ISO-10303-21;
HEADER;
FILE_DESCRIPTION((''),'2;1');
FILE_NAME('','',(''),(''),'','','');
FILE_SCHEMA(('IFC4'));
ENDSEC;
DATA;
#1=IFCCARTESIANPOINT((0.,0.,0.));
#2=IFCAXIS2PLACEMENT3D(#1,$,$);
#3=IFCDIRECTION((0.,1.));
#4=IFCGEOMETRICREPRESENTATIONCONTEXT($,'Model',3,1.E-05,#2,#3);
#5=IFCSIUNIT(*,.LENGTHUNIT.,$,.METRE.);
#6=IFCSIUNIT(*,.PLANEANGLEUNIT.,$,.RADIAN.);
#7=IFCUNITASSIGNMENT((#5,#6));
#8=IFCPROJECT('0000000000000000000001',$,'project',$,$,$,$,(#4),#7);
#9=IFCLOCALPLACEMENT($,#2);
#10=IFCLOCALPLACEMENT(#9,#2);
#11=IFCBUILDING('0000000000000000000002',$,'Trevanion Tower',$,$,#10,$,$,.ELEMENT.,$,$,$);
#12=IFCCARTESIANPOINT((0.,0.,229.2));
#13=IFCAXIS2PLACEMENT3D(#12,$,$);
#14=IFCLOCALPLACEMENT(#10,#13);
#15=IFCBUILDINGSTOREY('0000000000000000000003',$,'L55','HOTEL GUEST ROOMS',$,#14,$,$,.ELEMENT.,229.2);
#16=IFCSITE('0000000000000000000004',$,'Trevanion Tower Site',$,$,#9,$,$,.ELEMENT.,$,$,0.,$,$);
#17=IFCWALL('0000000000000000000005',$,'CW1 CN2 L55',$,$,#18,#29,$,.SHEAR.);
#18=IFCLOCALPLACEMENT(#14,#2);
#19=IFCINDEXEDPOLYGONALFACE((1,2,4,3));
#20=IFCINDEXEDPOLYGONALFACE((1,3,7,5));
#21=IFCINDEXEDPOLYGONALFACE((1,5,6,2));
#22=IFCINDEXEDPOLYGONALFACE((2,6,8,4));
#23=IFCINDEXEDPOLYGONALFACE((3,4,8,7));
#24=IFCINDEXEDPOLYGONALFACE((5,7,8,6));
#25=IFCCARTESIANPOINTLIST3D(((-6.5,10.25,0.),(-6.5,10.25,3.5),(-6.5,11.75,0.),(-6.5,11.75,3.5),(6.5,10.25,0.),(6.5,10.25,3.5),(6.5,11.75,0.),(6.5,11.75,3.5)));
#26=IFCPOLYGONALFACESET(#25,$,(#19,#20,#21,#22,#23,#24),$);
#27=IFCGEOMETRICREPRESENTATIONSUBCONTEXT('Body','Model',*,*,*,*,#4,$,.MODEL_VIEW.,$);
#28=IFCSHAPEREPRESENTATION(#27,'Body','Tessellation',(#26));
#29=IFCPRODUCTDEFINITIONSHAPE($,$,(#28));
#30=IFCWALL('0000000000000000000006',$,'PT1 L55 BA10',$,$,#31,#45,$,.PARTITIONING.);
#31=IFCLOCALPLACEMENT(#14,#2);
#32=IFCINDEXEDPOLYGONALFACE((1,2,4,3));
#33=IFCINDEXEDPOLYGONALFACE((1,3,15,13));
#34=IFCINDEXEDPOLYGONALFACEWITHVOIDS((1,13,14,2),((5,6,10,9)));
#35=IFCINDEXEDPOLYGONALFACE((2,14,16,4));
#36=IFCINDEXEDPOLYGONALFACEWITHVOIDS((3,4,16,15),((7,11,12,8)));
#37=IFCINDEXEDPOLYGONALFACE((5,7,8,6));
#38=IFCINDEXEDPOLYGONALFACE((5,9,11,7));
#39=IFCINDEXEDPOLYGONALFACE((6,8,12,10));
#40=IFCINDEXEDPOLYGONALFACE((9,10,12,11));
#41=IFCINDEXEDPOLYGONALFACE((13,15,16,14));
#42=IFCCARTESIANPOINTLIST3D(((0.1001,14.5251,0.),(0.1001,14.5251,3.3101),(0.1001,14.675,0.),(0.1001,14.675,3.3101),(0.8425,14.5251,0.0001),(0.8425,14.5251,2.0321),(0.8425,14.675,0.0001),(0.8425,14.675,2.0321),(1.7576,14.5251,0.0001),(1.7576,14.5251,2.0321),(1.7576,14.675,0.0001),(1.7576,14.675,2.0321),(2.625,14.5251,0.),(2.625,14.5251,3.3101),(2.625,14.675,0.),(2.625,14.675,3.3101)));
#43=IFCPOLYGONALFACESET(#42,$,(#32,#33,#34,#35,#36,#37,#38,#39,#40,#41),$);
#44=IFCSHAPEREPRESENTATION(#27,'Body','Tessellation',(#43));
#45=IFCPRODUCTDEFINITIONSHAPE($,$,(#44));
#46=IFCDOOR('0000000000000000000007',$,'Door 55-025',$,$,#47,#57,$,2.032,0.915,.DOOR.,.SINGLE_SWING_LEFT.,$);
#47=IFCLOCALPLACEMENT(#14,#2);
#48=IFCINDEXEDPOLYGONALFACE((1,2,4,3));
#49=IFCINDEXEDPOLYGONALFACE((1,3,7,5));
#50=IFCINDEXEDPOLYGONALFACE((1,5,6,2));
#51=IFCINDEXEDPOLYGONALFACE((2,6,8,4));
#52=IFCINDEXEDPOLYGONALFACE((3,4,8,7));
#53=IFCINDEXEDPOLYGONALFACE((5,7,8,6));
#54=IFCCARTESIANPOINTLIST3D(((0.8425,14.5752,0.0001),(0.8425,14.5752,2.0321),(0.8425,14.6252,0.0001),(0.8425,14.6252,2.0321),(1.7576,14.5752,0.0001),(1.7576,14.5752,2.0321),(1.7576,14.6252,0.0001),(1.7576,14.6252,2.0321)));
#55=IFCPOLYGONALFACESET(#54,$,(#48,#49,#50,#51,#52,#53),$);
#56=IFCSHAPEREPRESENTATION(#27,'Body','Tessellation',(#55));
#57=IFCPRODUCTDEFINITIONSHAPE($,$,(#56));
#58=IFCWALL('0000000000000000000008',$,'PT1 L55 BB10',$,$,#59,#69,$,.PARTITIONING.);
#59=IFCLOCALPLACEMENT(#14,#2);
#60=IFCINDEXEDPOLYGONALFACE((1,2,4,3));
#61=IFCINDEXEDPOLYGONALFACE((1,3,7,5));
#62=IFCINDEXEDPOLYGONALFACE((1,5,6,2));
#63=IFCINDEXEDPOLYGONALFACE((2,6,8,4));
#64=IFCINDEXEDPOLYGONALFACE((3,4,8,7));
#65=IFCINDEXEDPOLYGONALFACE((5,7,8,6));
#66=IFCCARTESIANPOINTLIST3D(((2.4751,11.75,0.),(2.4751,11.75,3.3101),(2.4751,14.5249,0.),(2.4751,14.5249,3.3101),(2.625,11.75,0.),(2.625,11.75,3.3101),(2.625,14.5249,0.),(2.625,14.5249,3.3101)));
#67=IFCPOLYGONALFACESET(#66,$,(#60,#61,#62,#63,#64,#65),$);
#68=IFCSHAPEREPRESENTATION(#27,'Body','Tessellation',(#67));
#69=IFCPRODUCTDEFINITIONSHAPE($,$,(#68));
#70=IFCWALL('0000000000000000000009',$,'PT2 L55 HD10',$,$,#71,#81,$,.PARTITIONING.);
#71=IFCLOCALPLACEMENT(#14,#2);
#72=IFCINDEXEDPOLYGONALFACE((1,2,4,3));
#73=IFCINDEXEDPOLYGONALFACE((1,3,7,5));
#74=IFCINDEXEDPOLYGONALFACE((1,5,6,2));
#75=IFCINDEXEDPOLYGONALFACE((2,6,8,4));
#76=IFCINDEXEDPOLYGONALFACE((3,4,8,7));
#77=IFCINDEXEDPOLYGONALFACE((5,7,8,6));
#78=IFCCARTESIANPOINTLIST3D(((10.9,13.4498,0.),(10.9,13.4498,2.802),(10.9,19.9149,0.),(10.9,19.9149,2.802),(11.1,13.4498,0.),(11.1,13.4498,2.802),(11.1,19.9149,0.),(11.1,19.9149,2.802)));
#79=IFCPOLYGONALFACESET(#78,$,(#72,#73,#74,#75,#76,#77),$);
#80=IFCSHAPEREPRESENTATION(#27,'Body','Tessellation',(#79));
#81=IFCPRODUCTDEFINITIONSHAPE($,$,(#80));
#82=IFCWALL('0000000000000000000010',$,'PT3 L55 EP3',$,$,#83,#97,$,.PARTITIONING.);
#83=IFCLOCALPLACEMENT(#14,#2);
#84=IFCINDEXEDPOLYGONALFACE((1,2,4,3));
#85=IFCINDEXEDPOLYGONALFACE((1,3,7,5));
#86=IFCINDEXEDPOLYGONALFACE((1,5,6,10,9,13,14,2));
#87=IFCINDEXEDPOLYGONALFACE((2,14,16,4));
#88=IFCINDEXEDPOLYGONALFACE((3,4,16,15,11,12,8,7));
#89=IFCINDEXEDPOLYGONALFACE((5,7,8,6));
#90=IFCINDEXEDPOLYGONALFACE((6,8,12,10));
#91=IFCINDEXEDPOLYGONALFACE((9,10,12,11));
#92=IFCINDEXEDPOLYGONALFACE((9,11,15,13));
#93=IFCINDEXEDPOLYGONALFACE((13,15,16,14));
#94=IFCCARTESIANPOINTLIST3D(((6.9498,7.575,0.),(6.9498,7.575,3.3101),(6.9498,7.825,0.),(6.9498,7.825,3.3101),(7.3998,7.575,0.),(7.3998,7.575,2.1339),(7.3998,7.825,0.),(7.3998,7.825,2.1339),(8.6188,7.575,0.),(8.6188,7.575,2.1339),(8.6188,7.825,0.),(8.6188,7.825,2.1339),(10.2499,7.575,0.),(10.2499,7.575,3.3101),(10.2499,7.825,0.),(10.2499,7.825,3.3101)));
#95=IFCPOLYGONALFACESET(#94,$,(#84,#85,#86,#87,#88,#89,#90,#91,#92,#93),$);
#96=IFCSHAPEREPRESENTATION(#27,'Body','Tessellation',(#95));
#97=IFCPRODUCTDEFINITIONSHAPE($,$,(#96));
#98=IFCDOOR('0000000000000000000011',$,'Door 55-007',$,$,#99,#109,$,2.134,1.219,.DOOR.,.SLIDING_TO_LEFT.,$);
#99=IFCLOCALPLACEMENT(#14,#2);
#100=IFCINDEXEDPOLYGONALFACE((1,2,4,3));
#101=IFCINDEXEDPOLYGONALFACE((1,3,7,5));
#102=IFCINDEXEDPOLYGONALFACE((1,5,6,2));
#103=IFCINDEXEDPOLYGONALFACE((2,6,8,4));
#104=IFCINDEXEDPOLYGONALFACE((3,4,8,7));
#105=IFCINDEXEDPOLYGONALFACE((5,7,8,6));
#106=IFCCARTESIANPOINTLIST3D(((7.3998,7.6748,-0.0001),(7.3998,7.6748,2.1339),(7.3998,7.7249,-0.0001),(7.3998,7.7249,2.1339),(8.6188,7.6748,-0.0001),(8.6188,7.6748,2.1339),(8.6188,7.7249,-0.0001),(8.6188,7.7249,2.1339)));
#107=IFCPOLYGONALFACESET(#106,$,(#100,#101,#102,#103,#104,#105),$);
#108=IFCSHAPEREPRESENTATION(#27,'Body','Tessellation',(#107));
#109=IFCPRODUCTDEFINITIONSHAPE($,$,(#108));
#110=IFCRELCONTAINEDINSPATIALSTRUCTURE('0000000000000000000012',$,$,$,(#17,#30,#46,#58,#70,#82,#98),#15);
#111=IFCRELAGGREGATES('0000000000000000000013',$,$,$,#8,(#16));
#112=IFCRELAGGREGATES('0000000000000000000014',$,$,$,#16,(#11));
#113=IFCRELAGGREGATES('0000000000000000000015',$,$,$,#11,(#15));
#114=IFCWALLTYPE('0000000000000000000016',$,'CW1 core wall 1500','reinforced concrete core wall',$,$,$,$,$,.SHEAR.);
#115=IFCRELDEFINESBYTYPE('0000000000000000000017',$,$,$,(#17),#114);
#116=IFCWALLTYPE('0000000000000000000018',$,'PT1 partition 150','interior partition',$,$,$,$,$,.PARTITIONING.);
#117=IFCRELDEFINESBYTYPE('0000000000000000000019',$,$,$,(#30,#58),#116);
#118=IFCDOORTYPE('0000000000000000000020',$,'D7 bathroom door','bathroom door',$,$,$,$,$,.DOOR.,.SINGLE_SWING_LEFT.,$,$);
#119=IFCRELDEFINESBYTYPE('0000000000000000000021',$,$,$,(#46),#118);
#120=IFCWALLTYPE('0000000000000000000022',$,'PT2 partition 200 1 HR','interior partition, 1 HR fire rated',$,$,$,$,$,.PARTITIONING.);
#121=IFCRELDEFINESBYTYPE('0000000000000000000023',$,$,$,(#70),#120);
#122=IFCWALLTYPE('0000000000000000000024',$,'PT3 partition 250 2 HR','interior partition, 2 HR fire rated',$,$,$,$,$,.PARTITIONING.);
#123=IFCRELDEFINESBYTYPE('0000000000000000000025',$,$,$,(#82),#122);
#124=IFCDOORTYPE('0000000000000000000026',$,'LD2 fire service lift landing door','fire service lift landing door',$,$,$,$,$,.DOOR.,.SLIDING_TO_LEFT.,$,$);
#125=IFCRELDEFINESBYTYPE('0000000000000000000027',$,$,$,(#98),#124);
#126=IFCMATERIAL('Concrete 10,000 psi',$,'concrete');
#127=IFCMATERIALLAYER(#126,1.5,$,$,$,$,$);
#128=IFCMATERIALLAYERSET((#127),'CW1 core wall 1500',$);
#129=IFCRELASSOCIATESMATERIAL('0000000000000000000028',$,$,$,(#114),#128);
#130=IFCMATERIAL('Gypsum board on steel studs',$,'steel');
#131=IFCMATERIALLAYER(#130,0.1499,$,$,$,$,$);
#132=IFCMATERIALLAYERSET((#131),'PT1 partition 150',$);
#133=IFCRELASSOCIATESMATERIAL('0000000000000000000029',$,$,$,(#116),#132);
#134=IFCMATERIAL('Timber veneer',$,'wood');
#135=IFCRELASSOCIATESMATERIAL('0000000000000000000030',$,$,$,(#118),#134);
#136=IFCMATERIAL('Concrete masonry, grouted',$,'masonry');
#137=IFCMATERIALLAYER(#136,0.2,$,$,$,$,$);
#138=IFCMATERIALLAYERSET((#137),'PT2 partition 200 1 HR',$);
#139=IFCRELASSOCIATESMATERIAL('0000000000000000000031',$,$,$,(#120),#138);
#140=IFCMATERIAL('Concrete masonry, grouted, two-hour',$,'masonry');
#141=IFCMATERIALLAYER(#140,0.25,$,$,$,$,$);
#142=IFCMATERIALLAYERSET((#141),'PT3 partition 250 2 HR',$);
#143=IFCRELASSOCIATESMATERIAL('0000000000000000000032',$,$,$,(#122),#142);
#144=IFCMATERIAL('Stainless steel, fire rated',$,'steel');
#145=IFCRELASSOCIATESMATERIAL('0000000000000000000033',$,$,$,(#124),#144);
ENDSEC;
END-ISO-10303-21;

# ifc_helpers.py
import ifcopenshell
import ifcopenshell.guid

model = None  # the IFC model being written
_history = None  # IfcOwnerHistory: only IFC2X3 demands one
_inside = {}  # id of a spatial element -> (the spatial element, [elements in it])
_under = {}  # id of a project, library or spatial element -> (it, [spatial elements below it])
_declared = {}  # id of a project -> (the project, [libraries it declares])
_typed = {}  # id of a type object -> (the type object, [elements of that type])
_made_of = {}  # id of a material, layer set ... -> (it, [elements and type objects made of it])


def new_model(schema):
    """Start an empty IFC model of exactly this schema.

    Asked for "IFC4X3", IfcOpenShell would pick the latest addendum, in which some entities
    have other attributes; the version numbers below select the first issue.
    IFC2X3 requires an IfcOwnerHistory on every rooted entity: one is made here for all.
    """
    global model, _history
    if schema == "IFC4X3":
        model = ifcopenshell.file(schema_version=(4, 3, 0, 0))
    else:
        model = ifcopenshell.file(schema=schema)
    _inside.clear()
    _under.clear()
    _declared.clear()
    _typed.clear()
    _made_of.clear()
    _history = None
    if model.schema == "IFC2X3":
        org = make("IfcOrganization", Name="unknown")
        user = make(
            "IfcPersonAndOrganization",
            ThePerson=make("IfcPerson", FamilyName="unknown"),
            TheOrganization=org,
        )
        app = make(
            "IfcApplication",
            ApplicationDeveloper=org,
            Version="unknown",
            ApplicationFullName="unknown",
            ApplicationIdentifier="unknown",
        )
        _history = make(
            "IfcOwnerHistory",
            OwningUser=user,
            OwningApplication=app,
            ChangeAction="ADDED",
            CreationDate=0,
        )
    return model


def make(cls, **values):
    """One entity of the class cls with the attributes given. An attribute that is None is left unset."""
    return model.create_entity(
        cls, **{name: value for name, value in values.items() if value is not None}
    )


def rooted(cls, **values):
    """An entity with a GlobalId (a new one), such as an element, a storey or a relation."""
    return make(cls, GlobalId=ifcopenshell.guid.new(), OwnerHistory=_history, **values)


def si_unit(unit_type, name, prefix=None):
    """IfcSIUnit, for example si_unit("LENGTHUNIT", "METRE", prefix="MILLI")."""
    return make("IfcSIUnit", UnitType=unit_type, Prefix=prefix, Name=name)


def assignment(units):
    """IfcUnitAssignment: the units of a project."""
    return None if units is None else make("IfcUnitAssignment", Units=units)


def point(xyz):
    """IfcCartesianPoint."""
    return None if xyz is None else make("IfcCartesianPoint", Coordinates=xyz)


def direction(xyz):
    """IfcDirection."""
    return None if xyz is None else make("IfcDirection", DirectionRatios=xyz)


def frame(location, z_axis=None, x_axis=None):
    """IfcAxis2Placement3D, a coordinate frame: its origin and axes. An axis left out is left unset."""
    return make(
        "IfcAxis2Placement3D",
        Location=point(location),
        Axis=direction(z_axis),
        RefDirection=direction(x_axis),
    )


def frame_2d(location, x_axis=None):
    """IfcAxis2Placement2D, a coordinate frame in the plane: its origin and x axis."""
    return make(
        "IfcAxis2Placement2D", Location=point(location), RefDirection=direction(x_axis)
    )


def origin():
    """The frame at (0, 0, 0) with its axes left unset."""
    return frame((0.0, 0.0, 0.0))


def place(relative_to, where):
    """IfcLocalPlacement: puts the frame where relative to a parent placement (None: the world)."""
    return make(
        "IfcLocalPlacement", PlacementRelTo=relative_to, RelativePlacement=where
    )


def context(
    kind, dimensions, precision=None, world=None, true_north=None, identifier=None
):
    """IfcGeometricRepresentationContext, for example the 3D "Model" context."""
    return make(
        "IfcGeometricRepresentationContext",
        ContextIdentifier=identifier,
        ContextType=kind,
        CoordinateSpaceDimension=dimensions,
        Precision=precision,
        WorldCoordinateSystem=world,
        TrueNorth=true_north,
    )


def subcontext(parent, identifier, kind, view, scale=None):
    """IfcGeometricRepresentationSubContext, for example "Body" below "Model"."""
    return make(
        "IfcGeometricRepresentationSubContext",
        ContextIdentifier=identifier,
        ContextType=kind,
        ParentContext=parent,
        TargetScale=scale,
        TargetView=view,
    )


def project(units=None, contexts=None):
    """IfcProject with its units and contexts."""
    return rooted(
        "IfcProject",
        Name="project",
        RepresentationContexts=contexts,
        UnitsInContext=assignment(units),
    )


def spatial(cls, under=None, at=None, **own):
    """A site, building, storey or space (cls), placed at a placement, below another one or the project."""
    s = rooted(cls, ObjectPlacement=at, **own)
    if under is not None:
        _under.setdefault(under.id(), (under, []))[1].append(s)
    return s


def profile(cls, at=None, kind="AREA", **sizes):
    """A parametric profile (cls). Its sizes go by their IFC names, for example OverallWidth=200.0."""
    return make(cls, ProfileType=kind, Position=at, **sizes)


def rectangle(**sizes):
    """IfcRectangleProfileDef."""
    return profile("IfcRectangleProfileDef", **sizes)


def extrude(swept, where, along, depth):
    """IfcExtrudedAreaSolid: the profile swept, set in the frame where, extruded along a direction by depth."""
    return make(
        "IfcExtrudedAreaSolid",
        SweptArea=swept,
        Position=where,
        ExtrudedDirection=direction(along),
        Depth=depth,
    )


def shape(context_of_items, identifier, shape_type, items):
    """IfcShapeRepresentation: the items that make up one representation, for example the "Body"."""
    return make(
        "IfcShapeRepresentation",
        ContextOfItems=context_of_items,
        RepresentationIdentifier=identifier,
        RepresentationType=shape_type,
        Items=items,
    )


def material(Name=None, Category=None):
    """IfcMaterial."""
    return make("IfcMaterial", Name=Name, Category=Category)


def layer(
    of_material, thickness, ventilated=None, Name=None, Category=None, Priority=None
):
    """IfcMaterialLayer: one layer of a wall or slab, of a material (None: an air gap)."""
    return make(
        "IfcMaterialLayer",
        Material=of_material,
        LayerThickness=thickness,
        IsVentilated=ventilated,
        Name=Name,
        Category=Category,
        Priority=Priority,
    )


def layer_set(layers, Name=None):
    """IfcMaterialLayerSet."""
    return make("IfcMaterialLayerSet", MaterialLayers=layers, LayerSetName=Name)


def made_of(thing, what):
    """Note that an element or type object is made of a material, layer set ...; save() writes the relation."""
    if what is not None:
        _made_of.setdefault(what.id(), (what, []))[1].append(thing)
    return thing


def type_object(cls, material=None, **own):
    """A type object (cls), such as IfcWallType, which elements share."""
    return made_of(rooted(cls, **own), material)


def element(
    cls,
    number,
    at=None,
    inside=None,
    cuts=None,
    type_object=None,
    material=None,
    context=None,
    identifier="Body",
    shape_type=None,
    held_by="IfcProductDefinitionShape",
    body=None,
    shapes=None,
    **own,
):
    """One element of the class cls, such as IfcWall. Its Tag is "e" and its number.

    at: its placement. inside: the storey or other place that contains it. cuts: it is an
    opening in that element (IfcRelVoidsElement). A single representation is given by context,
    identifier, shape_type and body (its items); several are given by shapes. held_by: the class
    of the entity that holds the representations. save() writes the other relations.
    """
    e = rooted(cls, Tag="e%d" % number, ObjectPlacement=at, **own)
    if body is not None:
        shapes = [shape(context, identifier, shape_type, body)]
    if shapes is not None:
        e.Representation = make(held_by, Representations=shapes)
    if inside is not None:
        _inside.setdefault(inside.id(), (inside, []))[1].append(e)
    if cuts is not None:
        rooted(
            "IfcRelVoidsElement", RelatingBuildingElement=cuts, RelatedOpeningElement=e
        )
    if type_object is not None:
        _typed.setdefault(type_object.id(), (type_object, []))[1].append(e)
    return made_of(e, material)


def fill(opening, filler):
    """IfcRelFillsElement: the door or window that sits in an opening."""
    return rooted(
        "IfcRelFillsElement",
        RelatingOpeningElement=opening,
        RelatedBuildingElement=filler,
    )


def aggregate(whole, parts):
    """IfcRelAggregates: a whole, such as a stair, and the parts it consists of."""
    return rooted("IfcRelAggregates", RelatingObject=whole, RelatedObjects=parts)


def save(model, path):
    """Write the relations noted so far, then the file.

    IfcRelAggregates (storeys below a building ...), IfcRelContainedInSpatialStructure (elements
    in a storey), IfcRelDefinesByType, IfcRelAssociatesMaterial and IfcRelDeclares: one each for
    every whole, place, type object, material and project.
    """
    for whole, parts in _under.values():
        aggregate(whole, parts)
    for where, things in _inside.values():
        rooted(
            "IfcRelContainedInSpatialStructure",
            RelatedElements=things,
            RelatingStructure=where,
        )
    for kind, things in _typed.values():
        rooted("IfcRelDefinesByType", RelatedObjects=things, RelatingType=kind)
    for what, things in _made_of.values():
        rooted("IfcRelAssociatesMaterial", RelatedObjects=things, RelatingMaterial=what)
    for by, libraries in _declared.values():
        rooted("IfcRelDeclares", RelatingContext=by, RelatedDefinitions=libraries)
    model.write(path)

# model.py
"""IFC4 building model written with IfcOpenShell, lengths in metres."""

from ifc_helpers import new_model, si_unit, direction, frame, frame_2d, origin, place, context, subcontext, project, spatial, rectangle, extrude, material, layer, layer_set, type_object, element, fill, save


model = new_model("IFC4")

# Units and contexts
model_context = context("Model", 3, precision=1e-05, world=origin(), true_north=direction((0.0, 1.0)))
body_context = subcontext(model_context, "Body", "Model", "MODEL_VIEW")
ifc_project = project(units=[si_unit("LENGTHUNIT", "METRE"), si_unit("PLANEANGLEUNIT", "RADIAN")], contexts=[model_context])

# Site, building, storey
site_placement = place(None, origin())
site = spatial("IfcSite", under=ifc_project, at=site_placement, Name="Trevanion Tower Site", CompositionType="ELEMENT", RefElevation=0.0)
building_placement = place(site_placement, origin())
building = spatial("IfcBuilding", under=site, at=building_placement, Name="Trevanion Tower", CompositionType="ELEMENT")
storey_placement = place(building_placement, frame((0.0, 0.0, 229.2)))
storey = spatial("IfcBuildingStorey", under=building, at=storey_placement, Name="L55", Description="HOTEL GUEST ROOMS", CompositionType="ELEMENT", Elevation=229.2)

# Wall
ifc_material_1 = material(Name="Concrete 10,000 psi", Category="concrete")
ifc_layer_1 = layer(ifc_material_1, 1.5)
ifc_layer_set_1 = layer_set([ifc_layer_1], Name="CW1 core wall 1500")
wall_type_1 = type_object("IfcWallType", Name="CW1 core wall 1500", Description="reinforced concrete core wall", PredefinedType="SHEAR", material=ifc_layer_set_1)
wall_1_placement = place(storey_placement, frame((6.5, 11.0, 0.0), z_axis=(0.0, 0.0, 1.0), x_axis=(-1.0, 0.0, 0.0)))
element("IfcWall", 1, at=wall_1_placement, inside=storey, type_object=wall_type_1, Name="CW1 CN2 L55", PredefinedType="SHEAR", context=body_context, shape_type="SweptSolid", body=[
    extrude(rectangle(XDim=13.0, YDim=1.5, at=frame_2d((6.5, 0.0))), origin(), (0.0, 0.0, 1.0), 3.5),
])

# Wall, opening, door
ifc_material_2 = material(Name="Gypsum board on steel studs", Category="steel")
ifc_layer_2 = layer(ifc_material_2, 0.1499)
ifc_layer_set_2 = layer_set([ifc_layer_2], Name="PT1 partition 150")
wall_type_2 = type_object("IfcWallType", Name="PT1 partition 150", Description="interior partition", PredefinedType="PARTITIONING", material=ifc_layer_set_2)
wall_2_placement = place(storey_placement, frame((2.625, 14.6001, 0.0), z_axis=(0.0, 0.0, 1.0), x_axis=(-1.0, 0.0, 0.0)))
wall_2 = element("IfcWall", 2, at=wall_2_placement, inside=storey, type_object=wall_type_2, Name="PT1 L55 BA10", PredefinedType="PARTITIONING", context=body_context, shape_type="SweptSolid", body=[
    extrude(rectangle(XDim=2.5249, YDim=0.1499, at=frame_2d((1.2625, 0.0))), origin(), (0.0, 0.0, 1.0), 3.3101),
])
opening_1_placement = place(wall_2_placement, frame((0.8674, 0.0, 0.0)))
opening_1 = element("IfcOpeningElement", 3, at=opening_1_placement, cuts=wall_2, PredefinedType="OPENING", context=body_context, shape_type="SweptSolid", body=[
    extrude(rectangle(XDim=0.915, YDim=2.032, at=frame_2d((0.4575, 1.0161))), frame((0.0, 0.085, 0.0), z_axis=(0.0, -1.0, 0.0), x_axis=(1.0, 0.0, 0.0)), (0.0, 0.0, 1.0), 0.1699),
])
ifc_material_3 = material(Name="Timber veneer", Category="wood")
door_type_1 = type_object("IfcDoorType", Name="D7 bathroom door", Description="bathroom door", OperationType="SINGLE_SWING_LEFT", PredefinedType="DOOR", material=ifc_material_3)
door_1_placement = place(opening_1_placement, origin())
door_1 = element("IfcDoor", 4, at=door_1_placement, inside=storey, type_object=door_type_1, Name="Door 55-025", OperationType="SINGLE_SWING_LEFT", OverallHeight=2.032, OverallWidth=0.915, PredefinedType="DOOR", context=body_context, shape_type="SweptSolid", body=[
    extrude(rectangle(XDim=0.915, YDim=2.032, at=frame_2d((0.4575, 1.0161))), frame((0.0, 0.0249, 0.0), z_axis=(0.0, -1.0, 0.0), x_axis=(1.0, 0.0, 0.0)), (0.0, 0.0, 1.0), 0.05),
])
fill(opening_1, door_1)

# Walls
wall_3_placement = place(storey_placement, frame((2.55, 11.75, 0.0), z_axis=(0.0, 0.0, 1.0), x_axis=(0.0, 1.0, 0.0)))
element("IfcWall", 5, at=wall_3_placement, inside=storey, type_object=wall_type_2, Name="PT1 L55 BB10", PredefinedType="PARTITIONING", context=body_context, shape_type="SweptSolid", body=[
    extrude(rectangle(XDim=2.7749, YDim=0.1499, at=frame_2d((1.3875, 0.0))), origin(), (0.0, 0.0, 1.0), 3.3101),
])
ifc_material_4 = material(Name="Concrete masonry, grouted", Category="masonry")
ifc_layer_3 = layer(ifc_material_4, 0.2)
ifc_layer_set_3 = layer_set([ifc_layer_3], Name="PT2 partition 200 1 HR")
wall_type_3 = type_object("IfcWallType", Name="PT2 partition 200 1 HR", Description="interior partition, 1 HR fire rated", PredefinedType="PARTITIONING", material=ifc_layer_set_3)
wall_4_placement = place(storey_placement, frame((11.0, 13.45, 0.0), z_axis=(0.0, 0.0, 1.0), x_axis=(0.0, 1.0, 0.0)))
element("IfcWall", 6, at=wall_4_placement, inside=storey, type_object=wall_type_3, Name="PT2 L55 HD10", PredefinedType="PARTITIONING", context=body_context, shape_type="SweptSolid", body=[
    extrude(rectangle(XDim=6.4651, YDim=0.2, at=frame_2d((3.2324, 0.0))), origin(), (0.0, 0.0, 1.0), 2.802),
])

# Wall, opening, door
ifc_material_5 = material(Name="Concrete masonry, grouted, two-hour", Category="masonry")
ifc_layer_4 = layer(ifc_material_5, 0.25)
ifc_layer_set_4 = layer_set([ifc_layer_4], Name="PT3 partition 250 2 HR")
wall_type_4 = type_object("IfcWallType", Name="PT3 partition 250 2 HR", Description="interior partition, 2 HR fire rated", PredefinedType="PARTITIONING", material=ifc_layer_set_4)
wall_5_placement = place(storey_placement, frame((6.95, 7.7, 0.0), z_axis=(0.0, 0.0, 1.0), x_axis=(1.0, 0.0, 0.0)))
wall_5 = element("IfcWall", 7, at=wall_5_placement, inside=storey, type_object=wall_type_4, Name="PT3 L55 EP3", PredefinedType="PARTITIONING", context=body_context, shape_type="SweptSolid", body=[
    extrude(rectangle(XDim=3.3, YDim=0.25, at=frame_2d((1.6499, 0.0))), origin(), (0.0, 0.0, 1.0), 3.3101),
])
opening_2_placement = place(wall_5_placement, frame((0.45, 0.0, 0.0)))
opening_2 = element("IfcOpeningElement", 8, at=opening_2_placement, cuts=wall_5, PredefinedType="OPENING", context=body_context, shape_type="SweptSolid", body=[
    extrude(rectangle(XDim=1.219, YDim=2.134, at=frame_2d((0.6094, 1.0669))), frame((0.0, 0.135, 0.0), z_axis=(0.0, -1.0, 0.0), x_axis=(1.0, 0.0, 0.0)), (0.0, 0.0, 1.0), 0.27),
])
ifc_material_6 = material(Name="Stainless steel, fire rated", Category="steel")
door_type_2 = type_object("IfcDoorType", Name="LD2 fire service lift landing door", Description="fire service lift landing door", OperationType="SLIDING_TO_LEFT", PredefinedType="DOOR", material=ifc_material_6)
door_2_placement = place(opening_2_placement, origin())
door_2 = element("IfcDoor", 9, at=door_2_placement, inside=storey, type_object=door_type_2, Name="Door 55-007", OperationType="SLIDING_TO_LEFT", OverallHeight=2.134, OverallWidth=1.219, PredefinedType="DOOR", context=body_context, shape_type="SweptSolid", body=[
    extrude(rectangle(XDim=1.219, YDim=2.134, at=frame_2d((0.6094, 1.0669))), frame((0.0, 0.0249, 0.0), z_axis=(0.0, -1.0, 0.0), x_axis=(1.0, 0.0, 0.0)), (0.0, 0.0, 1.0), 0.05),
])
fill(opening_2, door_2)

save(model, "model.ifc")
